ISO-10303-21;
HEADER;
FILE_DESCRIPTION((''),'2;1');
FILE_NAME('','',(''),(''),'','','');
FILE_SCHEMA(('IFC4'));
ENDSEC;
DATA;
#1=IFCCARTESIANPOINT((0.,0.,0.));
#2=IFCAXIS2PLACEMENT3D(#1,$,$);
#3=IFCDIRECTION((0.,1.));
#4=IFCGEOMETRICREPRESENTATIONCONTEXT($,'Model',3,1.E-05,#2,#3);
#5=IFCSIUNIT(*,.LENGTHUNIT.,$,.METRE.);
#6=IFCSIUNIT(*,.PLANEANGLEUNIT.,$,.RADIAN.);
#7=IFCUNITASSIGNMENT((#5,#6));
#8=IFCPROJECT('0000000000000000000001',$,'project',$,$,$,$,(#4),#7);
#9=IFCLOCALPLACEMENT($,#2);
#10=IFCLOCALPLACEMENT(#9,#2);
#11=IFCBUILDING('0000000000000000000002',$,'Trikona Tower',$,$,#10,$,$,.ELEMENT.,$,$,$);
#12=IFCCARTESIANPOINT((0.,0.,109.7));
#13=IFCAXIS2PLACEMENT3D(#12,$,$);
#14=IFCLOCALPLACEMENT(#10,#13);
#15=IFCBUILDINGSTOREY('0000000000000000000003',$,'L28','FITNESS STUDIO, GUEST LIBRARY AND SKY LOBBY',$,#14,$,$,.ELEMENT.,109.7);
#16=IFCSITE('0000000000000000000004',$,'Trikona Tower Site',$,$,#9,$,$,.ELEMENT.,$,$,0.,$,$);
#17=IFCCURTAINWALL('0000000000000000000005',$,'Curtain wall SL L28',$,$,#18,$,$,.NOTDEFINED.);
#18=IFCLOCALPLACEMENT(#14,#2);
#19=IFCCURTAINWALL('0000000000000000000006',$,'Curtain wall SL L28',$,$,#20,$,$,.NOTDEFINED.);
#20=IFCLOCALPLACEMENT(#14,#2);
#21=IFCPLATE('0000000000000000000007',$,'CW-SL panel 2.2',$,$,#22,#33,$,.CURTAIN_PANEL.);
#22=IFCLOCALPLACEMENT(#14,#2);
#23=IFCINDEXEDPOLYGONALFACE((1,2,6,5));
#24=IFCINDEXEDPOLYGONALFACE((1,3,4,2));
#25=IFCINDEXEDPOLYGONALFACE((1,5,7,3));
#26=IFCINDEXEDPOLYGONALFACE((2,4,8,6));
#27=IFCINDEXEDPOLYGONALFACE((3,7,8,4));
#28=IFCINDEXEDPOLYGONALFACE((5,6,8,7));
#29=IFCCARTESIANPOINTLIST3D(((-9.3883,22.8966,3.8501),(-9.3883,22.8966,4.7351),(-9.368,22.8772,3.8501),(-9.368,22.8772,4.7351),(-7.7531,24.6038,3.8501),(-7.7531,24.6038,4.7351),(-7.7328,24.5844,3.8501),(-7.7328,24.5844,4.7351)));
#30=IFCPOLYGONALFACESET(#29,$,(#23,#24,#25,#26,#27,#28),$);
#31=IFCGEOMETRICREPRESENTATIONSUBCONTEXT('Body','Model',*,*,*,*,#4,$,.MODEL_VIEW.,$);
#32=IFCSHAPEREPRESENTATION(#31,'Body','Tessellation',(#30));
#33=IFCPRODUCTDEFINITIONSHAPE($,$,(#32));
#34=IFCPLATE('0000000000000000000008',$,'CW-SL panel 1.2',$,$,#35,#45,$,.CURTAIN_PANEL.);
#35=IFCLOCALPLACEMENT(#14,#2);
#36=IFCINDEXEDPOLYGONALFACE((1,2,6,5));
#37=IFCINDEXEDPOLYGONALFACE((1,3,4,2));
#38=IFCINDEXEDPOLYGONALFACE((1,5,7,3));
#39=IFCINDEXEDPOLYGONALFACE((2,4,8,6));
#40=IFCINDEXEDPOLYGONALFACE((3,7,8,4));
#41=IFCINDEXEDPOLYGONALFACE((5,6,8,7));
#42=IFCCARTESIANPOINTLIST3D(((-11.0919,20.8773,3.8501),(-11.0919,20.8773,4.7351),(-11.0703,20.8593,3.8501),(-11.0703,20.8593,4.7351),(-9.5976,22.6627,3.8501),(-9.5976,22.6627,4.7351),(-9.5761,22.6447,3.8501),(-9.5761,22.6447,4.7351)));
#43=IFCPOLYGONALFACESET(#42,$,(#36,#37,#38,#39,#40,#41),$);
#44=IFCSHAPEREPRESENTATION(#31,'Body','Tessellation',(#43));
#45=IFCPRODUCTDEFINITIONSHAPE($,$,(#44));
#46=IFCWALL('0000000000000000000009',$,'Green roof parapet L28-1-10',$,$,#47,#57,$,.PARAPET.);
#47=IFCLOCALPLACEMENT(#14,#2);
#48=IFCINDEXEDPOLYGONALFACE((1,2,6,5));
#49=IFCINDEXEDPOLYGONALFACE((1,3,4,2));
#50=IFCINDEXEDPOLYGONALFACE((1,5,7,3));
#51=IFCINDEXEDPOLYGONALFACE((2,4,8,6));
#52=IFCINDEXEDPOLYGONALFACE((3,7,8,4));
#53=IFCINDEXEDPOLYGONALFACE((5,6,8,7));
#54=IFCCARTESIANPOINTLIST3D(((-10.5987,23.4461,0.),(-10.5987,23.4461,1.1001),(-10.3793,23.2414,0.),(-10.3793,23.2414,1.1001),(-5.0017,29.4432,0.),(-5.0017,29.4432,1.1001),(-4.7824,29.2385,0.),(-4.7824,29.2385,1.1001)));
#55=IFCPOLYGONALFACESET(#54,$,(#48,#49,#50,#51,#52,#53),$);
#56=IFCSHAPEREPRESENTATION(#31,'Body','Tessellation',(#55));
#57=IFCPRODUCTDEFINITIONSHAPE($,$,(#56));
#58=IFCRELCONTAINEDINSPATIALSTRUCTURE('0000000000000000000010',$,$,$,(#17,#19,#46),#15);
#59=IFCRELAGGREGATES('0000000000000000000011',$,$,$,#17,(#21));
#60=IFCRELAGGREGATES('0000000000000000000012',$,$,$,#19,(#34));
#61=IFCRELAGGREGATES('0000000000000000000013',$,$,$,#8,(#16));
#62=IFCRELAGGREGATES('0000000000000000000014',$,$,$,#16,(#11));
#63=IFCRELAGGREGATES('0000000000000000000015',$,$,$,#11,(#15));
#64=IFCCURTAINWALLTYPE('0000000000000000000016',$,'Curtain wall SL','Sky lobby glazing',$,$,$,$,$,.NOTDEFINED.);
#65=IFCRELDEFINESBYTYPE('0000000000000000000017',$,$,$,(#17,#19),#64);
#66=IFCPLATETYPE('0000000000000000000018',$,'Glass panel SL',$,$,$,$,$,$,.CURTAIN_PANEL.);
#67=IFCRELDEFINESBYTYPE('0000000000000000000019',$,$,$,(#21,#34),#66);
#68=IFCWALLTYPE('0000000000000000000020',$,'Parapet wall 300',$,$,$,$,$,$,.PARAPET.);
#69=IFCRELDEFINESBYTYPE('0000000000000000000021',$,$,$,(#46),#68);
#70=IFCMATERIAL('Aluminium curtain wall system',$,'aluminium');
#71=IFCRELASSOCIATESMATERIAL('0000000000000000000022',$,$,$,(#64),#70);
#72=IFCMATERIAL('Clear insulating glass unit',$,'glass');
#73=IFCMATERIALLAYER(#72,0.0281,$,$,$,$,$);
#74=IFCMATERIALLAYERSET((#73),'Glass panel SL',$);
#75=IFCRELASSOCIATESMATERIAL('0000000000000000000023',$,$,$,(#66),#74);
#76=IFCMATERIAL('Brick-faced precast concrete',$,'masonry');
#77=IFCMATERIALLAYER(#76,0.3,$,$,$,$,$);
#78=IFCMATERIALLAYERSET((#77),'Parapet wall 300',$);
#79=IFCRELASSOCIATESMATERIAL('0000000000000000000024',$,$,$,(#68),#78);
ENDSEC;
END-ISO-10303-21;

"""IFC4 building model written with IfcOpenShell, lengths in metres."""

from ifc_helpers import new_model, si_unit, direction, frame, frame_2d, origin, origin_2d, place, context, subcontext, project, spatial, rectangle, extrude, material, layer, layer_set, type_object, element, aggregate, save


model = new_model("IFC4")

# Units and contexts
model_context = context("Model", 3, precision=1e-05, world=origin(), true_north=direction((0.0, 1.0)))
body_context = subcontext(model_context, "Body", "Model", "MODEL_VIEW")
ifc_project = project(units=[si_unit("LENGTHUNIT", "METRE"), si_unit("PLANEANGLEUNIT", "RADIAN")], contexts=[model_context])

# Site, building, storey
site_placement = place(None, origin())
site = spatial("IfcSite", under=ifc_project, at=site_placement, Name="Trikona Tower Site", CompositionType="ELEMENT", RefElevation=0.0)
building_placement = place(site_placement, origin())
building = spatial("IfcBuilding", under=site, at=building_placement, Name="Trikona Tower", CompositionType="ELEMENT")
storey_placement = place(building_placement, frame((0.0, 0.0, 109.7)))
storey = spatial("IfcBuildingStorey", under=building, at=storey_placement, Name="L28", Description="FITNESS STUDIO, GUEST LIBRARY AND SKY LOBBY", CompositionType="ELEMENT", Elevation=109.7)

# Curtain wall
ifc_material_1 = material(Name="Aluminium curtain wall system", Category="aluminium")
curtain_wall_type = type_object("IfcCurtainWallType", Name="Curtain wall SL", Description="Sky lobby glazing", PredefinedType="NOTDEFINED", material=ifc_material_1)
curtain_wall_1_placement = place(storey_placement, origin())
curtain_wall_1 = element("IfcCurtainWall", 1, at=curtain_wall_1_placement, inside=storey, type_object=curtain_wall_type, Name="Curtain wall SL L28", PredefinedType="NOTDEFINED")

# Curtain wall
curtain_wall_2_placement = place(storey_placement, origin())
curtain_wall_2 = element("IfcCurtainWall", 2, at=curtain_wall_2_placement, inside=storey, type_object=curtain_wall_type, Name="Curtain wall SL L28", PredefinedType="NOTDEFINED")

# Plates
ifc_material_2 = material(Name="Clear insulating glass unit", Category="glass")
ifc_layer_1 = layer(ifc_material_2, 0.0281)
ifc_layer_set_1 = layer_set([ifc_layer_1], Name="Glass panel SL")
plate_type = type_object("IfcPlateType", Name="Glass panel SL", PredefinedType="CURTAIN_PANEL", material=ifc_layer_set_1)
plate_1_placement = place(storey_placement, frame((-8.5605, 23.7405, 3.8501), z_axis=(0.0, 0.0, 1.0), x_axis=(-0.691728, -0.722158, 0.0)))
plate_1 = element("IfcPlate", 3, at=plate_1_placement, type_object=plate_type, Name="CW-SL panel 2.2", PredefinedType="CURTAIN_PANEL", context=body_context, shape_type="SweptSolid", body=[
    extrude(rectangle(XDim=2.364, YDim=0.0281, at=origin_2d()), origin(), (0.0, 0.0, 1.0), 0.885),
])
aggregate(curtain_wall_1, [plate_1])
plate_2_placement = place(storey_placement, frame((-10.334, 21.761, 3.8501), z_axis=(0.0, 0.0, 1.0), x_axis=(-0.641806, -0.766867, 0.0)))
plate_2 = element("IfcPlate", 4, at=plate_2_placement, type_object=plate_type, Name="CW-SL panel 1.2", PredefinedType="CURTAIN_PANEL", context=body_context, shape_type="SweptSolid", body=[
    extrude(rectangle(XDim=2.3281, YDim=0.0281, at=origin_2d()), origin(), (0.0, 0.0, 1.0), 0.885),
])
aggregate(curtain_wall_2, [plate_2])

# Wall
ifc_material_3 = material(Name="Brick-faced precast concrete", Category="masonry")
ifc_layer_2 = layer(ifc_material_3, 0.3)
ifc_layer_set_2 = layer_set([ifc_layer_2], Name="Parapet wall 300")
wall_type = type_object("IfcWallType", Name="Parapet wall 300", PredefinedType="PARAPET", material=ifc_layer_set_2)
wall_placement = place(storey_placement, frame((-10.489, 23.3438, 0.0), z_axis=(0.0, 0.0, 1.0), x_axis=(0.682296, 0.731076, 0.0)))
element("IfcWall", 5, at=wall_placement, inside=storey, type_object=wall_type, Name="Green roof parapet L28-1-10", PredefinedType="PARAPET", context=body_context, shape_type="SweptSolid", body=[
    extrude(rectangle(XDim=8.2031, YDim=0.3, at=frame_2d((4.1016, 0.0))), origin(), (0.0, 0.0, 1.0), 1.1001),
])

save(model, "model.ifc")
